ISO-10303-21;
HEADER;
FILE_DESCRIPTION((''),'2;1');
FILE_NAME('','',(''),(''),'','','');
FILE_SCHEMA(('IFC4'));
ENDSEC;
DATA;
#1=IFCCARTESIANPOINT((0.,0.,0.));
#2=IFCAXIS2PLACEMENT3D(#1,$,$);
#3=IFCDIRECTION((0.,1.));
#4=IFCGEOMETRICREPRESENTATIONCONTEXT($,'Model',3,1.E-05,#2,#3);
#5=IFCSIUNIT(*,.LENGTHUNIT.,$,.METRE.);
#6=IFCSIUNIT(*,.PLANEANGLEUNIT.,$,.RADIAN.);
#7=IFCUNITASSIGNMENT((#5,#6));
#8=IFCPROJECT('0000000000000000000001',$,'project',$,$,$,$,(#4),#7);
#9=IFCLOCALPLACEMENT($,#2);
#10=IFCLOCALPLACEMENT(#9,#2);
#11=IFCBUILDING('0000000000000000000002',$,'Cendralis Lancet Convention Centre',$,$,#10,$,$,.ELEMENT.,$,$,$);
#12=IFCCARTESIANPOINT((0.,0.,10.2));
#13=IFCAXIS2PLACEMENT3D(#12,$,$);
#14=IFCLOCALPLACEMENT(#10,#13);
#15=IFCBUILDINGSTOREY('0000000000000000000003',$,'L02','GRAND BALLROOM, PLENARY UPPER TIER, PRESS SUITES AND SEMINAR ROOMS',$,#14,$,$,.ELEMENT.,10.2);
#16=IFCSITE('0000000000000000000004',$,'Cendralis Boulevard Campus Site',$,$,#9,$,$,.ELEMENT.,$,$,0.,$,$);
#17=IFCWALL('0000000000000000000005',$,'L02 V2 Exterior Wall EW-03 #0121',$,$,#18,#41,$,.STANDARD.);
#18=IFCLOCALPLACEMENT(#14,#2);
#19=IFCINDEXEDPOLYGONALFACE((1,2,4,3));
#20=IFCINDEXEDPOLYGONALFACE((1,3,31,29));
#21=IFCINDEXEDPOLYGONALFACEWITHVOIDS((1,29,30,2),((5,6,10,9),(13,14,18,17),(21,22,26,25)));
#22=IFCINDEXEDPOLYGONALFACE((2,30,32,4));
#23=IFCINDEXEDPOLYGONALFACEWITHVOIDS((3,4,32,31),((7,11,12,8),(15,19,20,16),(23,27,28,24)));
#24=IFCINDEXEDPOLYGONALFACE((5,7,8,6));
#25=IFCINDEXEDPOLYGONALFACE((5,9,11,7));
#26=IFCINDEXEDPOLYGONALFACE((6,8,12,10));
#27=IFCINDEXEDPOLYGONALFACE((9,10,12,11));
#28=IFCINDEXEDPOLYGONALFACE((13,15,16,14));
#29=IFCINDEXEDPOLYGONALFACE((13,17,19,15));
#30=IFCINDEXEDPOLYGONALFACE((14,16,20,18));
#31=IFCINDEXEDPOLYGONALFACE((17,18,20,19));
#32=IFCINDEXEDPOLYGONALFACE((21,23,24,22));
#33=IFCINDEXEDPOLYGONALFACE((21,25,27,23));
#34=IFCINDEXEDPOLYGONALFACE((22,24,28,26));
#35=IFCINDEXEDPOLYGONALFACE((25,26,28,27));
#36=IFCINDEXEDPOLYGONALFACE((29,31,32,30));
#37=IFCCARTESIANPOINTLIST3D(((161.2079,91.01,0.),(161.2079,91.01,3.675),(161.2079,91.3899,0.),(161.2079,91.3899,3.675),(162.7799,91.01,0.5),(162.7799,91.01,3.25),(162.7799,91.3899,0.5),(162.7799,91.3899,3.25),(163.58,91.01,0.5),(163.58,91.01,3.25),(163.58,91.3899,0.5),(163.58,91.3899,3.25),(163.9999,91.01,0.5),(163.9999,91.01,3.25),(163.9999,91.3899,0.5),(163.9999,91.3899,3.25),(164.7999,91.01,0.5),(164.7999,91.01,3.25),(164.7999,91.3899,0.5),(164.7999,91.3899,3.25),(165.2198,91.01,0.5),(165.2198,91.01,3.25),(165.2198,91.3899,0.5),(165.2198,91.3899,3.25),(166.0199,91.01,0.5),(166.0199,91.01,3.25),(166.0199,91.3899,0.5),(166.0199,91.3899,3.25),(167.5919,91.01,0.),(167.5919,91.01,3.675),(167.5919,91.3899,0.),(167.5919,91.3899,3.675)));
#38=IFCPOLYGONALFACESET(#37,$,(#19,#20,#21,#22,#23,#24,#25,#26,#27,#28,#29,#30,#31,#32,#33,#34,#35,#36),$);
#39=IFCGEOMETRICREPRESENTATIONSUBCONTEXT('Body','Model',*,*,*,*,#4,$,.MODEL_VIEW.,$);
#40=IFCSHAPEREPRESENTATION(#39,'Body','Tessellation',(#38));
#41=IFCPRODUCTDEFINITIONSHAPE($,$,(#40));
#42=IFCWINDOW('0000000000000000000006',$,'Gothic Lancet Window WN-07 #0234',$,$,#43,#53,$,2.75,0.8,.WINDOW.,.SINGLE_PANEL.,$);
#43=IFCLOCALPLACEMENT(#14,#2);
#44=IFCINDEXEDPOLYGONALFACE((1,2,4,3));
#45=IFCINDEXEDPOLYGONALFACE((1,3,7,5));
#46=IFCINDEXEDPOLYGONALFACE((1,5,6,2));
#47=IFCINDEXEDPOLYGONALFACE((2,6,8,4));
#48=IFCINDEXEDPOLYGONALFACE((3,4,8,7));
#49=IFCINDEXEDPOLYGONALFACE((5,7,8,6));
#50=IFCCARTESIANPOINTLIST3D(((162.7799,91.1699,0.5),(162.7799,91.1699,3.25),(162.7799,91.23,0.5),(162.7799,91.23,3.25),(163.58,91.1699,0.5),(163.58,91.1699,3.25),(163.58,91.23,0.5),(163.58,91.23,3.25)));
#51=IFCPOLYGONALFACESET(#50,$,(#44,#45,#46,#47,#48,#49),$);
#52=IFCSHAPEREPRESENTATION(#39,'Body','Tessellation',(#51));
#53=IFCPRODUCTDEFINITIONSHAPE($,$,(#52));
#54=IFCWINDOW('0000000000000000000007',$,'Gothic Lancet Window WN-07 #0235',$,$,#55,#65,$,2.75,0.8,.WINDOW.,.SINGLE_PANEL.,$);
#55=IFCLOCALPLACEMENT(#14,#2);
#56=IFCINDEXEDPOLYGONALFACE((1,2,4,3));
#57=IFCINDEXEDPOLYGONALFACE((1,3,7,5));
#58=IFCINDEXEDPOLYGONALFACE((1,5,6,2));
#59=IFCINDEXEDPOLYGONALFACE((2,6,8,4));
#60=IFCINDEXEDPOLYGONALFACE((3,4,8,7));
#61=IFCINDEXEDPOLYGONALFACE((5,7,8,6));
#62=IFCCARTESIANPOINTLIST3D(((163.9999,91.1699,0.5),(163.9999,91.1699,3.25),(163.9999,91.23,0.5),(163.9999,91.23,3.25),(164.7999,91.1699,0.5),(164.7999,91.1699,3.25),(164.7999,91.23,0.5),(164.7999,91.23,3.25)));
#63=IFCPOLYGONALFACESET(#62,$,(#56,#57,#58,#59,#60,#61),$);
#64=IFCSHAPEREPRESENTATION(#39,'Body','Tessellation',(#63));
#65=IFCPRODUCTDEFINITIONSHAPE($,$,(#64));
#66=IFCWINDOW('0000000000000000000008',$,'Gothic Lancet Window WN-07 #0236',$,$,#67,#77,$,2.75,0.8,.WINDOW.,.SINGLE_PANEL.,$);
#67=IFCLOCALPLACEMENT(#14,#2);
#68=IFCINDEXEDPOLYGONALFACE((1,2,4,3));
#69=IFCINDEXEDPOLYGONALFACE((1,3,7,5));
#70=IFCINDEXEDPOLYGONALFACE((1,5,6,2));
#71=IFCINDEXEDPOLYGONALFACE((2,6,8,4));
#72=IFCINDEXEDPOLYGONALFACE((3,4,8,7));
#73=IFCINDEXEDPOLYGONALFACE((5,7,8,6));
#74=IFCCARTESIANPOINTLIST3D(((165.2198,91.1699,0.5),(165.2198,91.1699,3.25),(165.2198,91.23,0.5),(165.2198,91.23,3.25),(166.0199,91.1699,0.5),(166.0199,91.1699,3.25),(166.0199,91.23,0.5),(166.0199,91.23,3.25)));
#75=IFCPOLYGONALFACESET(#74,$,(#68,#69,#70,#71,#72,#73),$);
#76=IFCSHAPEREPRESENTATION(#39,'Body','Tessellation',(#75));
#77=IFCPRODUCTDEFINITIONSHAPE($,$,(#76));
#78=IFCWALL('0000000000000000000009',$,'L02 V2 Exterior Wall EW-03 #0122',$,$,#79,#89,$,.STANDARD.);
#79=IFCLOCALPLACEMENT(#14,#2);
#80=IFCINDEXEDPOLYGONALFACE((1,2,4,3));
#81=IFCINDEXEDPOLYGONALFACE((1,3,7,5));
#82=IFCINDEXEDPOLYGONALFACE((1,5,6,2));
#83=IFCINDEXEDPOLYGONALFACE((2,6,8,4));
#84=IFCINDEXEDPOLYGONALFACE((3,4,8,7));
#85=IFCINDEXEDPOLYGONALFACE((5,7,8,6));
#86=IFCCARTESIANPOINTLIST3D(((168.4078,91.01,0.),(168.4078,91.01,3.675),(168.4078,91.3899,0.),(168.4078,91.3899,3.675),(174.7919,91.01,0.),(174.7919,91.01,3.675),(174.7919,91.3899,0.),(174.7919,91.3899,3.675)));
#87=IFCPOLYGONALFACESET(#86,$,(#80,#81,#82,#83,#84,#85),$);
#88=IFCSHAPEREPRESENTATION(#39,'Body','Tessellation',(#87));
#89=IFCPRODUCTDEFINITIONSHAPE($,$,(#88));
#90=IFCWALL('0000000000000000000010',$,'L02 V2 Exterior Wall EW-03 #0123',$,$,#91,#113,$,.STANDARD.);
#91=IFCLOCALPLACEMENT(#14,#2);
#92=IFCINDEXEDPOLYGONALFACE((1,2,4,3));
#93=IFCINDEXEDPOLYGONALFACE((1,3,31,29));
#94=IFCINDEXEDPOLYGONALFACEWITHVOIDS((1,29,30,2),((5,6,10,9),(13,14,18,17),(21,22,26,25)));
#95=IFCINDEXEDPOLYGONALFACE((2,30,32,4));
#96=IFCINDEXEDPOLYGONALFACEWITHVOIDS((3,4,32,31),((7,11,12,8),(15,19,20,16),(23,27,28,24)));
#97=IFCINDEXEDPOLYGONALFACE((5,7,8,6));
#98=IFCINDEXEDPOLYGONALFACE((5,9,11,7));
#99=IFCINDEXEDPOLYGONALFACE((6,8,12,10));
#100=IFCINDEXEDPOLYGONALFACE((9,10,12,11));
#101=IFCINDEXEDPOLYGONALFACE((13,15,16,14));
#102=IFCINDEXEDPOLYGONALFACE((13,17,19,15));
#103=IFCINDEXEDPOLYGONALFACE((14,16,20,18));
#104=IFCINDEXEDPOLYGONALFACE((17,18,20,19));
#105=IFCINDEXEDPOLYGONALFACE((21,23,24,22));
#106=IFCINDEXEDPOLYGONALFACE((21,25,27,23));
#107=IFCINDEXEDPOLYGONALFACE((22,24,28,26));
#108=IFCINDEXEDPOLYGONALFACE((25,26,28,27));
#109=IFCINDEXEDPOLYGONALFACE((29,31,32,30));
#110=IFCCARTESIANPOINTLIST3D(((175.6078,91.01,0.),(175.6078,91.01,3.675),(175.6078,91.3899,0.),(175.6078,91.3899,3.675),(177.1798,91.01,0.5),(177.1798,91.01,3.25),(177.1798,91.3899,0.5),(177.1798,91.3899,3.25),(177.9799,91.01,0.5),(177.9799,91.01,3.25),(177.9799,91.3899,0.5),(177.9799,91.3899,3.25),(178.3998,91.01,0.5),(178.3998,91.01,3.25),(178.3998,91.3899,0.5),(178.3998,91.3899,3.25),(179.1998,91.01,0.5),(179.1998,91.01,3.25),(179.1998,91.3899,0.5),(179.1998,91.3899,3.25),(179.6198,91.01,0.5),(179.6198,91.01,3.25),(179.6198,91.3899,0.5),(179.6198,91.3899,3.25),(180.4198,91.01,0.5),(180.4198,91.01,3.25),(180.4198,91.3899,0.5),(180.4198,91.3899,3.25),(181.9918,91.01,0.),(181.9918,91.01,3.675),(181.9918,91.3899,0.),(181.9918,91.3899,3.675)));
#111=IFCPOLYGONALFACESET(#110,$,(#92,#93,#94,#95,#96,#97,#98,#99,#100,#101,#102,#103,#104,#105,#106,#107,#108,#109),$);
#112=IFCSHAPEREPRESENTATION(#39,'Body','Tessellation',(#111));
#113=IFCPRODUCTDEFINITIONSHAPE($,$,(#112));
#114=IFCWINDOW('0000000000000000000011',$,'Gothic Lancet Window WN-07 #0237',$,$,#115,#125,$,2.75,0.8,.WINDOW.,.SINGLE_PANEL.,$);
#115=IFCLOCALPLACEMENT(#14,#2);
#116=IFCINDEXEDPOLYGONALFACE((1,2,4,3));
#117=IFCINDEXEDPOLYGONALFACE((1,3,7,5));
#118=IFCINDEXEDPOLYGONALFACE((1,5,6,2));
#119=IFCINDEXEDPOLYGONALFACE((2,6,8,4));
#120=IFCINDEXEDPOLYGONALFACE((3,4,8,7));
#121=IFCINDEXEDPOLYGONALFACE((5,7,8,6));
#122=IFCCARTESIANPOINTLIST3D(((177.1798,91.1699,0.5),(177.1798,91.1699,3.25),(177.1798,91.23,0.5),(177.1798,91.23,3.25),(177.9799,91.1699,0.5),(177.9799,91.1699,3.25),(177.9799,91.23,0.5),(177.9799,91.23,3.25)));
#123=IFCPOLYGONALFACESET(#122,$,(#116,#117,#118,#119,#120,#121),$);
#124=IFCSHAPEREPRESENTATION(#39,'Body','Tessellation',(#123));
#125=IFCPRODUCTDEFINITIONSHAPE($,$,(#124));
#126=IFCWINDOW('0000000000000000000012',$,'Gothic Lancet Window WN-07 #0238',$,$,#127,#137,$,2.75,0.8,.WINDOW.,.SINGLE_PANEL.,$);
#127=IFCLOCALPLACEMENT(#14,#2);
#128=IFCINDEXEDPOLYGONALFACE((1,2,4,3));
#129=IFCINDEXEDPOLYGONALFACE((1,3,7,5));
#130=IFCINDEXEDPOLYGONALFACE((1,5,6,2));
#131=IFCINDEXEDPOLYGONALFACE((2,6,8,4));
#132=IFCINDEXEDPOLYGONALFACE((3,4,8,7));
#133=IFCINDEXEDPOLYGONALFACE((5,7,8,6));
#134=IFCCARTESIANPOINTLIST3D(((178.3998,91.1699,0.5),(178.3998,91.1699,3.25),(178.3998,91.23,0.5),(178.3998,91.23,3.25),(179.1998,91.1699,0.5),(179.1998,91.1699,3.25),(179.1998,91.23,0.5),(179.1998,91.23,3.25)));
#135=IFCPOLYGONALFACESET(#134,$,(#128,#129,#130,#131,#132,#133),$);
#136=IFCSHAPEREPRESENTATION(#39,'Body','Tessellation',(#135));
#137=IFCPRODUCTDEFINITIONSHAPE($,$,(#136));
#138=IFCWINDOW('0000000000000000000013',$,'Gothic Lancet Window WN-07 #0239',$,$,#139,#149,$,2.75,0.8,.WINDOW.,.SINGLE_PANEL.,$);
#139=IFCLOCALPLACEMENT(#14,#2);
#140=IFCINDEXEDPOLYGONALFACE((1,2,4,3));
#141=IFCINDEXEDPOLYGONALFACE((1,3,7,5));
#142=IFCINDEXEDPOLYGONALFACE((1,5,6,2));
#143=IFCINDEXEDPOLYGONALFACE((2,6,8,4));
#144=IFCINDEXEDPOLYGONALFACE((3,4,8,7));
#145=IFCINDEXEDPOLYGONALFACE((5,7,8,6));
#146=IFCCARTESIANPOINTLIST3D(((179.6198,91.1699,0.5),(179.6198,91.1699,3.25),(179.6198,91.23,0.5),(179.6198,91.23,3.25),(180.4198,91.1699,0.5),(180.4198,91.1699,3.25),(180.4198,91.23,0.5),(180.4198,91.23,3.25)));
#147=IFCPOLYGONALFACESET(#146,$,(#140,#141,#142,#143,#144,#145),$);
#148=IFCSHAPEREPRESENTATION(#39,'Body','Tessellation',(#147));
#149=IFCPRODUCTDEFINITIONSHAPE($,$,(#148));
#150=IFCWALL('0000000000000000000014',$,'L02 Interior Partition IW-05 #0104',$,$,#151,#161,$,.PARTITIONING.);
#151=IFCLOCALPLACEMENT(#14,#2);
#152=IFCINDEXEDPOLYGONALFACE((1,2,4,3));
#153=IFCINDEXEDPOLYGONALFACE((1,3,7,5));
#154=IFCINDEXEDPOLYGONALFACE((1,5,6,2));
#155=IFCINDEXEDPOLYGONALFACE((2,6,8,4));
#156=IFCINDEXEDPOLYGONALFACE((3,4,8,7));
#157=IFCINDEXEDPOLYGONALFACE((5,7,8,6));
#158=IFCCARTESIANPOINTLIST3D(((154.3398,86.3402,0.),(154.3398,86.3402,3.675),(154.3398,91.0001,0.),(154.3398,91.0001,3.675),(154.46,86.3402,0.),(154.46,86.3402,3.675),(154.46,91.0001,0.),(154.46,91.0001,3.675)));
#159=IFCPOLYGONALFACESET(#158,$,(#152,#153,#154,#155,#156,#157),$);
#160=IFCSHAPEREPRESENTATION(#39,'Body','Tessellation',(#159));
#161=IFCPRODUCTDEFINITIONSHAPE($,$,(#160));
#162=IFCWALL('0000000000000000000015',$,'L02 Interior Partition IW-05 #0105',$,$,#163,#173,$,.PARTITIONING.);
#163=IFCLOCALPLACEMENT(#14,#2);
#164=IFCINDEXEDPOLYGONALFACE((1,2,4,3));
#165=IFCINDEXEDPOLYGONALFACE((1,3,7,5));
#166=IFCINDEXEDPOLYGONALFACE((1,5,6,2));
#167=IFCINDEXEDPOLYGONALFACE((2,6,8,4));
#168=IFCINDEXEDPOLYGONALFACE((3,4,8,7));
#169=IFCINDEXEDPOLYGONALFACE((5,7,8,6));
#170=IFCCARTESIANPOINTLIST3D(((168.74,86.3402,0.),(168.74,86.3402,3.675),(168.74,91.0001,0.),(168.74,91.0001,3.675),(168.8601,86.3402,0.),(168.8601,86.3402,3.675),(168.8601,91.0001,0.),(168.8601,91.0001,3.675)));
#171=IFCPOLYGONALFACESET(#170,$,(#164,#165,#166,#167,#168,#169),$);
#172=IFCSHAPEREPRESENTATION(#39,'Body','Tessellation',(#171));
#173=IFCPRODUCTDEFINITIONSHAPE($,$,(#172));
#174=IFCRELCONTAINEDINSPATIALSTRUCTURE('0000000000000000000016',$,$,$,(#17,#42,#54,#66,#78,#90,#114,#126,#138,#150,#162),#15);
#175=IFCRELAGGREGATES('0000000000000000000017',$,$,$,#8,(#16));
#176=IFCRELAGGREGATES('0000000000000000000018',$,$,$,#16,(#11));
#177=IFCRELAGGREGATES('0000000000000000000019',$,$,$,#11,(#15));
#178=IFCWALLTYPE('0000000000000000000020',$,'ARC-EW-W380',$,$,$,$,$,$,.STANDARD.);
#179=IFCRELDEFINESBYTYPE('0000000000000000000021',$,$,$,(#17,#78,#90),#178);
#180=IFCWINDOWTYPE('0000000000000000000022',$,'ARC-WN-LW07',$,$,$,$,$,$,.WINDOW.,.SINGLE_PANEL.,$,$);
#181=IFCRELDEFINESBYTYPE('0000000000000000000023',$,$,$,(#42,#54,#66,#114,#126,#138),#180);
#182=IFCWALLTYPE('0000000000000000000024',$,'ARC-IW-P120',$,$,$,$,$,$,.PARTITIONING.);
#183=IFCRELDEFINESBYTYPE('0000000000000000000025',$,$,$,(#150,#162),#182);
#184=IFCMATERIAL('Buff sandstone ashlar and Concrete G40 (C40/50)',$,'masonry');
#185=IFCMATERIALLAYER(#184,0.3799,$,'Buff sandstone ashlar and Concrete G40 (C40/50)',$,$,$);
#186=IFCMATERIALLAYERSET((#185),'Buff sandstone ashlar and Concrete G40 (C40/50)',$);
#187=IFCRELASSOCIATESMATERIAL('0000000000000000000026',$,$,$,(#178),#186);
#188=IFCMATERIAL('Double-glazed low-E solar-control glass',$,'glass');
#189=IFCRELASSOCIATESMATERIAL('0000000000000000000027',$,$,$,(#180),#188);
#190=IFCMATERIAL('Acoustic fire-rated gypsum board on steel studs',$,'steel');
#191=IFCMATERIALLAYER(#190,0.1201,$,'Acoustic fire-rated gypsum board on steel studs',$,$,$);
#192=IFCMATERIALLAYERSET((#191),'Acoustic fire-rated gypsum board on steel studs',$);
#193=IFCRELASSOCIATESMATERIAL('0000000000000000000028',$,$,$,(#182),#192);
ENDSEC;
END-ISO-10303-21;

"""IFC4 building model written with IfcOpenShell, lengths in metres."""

from ifc_helpers import new_model, si_unit, direction, frame, frame_2d, origin, place, context, subcontext, project, spatial, rectangle, extrude, material, layer, layer_set, type_object, element, fill, save


model = new_model("IFC4")

# Units and contexts
model_context = context("Model", 3, precision=1e-05, world=origin(), true_north=direction((0.0, 1.0)))
body_context = subcontext(model_context, "Body", "Model", "MODEL_VIEW")
ifc_project = project(units=[si_unit("LENGTHUNIT", "METRE"), si_unit("PLANEANGLEUNIT", "RADIAN")], contexts=[model_context])

# Site, building, storey
site_placement = place(None, origin())
site = spatial("IfcSite", under=ifc_project, at=site_placement, Name="Cendralis Boulevard Campus Site", CompositionType="ELEMENT", RefElevation=0.0)
building_placement = place(site_placement, origin())
building = spatial("IfcBuilding", under=site, at=building_placement, Name="Cendralis Lancet Convention Centre", CompositionType="ELEMENT")
storey_placement = place(building_placement, frame((0.0, 0.0, 10.2)))
storey = spatial("IfcBuildingStorey", under=building, at=storey_placement, Name="L02", Description="GRAND BALLROOM, PLENARY UPPER TIER, PRESS SUITES AND SEMINAR ROOMS", CompositionType="ELEMENT", Elevation=10.2)

# Wall, openings, windows
ifc_material_1 = material(Name="Buff sandstone ashlar and Concrete G40 (C40/50)", Category="masonry")
ifc_layer_1 = layer(ifc_material_1, 0.3799, Name="Buff sandstone ashlar and Concrete G40 (C40/50)")
ifc_layer_set_1 = layer_set([ifc_layer_1], Name="Buff sandstone ashlar and Concrete G40 (C40/50)")
wall_type_1 = type_object("IfcWallType", Name="ARC-EW-W380", PredefinedType="STANDARD", material=ifc_layer_set_1)
wall_1_placement = place(storey_placement, frame((161.208, 91.2, 0.0), z_axis=(0.0, 0.0, 1.0), x_axis=(1.0, 0.0, 0.0)))
wall_1 = element("IfcWall", 1, at=wall_1_placement, inside=storey, type_object=wall_type_1, Name="L02 V2 Exterior Wall EW-03 #0121", PredefinedType="STANDARD", context=body_context, shape_type="SweptSolid", body=[
    extrude(rectangle(XDim=6.384, YDim=0.3799, at=frame_2d((3.1919, 0.0))), origin(), (0.0, 0.0, 1.0), 3.675),
])
opening_1_placement = place(wall_1_placement, frame((1.572, 0.0, 0.5)))
opening_1 = element("IfcOpeningElement", 2, at=opening_1_placement, cuts=wall_1, PredefinedType="OPENING", context=body_context, shape_type="SweptSolid", body=[
    extrude(rectangle(XDim=0.8, YDim=2.75, at=frame_2d((0.3999, 1.375))), frame((0.0, 0.2, 0.0), z_axis=(0.0, -1.0, 0.0), x_axis=(1.0, 0.0, 0.0)), (0.0, 0.0, 1.0), 0.3999),
])
opening_2_placement = place(wall_1_placement, frame((2.792, 0.0, 0.5)))
opening_2 = element("IfcOpeningElement", 3, at=opening_2_placement, cuts=wall_1, PredefinedType="OPENING", context=body_context, shape_type="SweptSolid", body=[
    extrude(rectangle(XDim=0.8, YDim=2.75, at=frame_2d((0.3999, 1.375))), frame((0.0, 0.2, 0.0), z_axis=(0.0, -1.0, 0.0), x_axis=(1.0, 0.0, 0.0)), (0.0, 0.0, 1.0), 0.3999),
])
opening_3_placement = place(wall_1_placement, frame((4.012, 0.0, 0.5)))
opening_3 = element("IfcOpeningElement", 4, at=opening_3_placement, cuts=wall_1, PredefinedType="OPENING", context=body_context, shape_type="SweptSolid", body=[
    extrude(rectangle(XDim=0.8, YDim=2.75, at=frame_2d((0.3999, 1.375))), frame((0.0, 0.2, 0.0), z_axis=(0.0, -1.0, 0.0), x_axis=(1.0, 0.0, 0.0)), (0.0, 0.0, 1.0), 0.3999),
])
ifc_material_2 = material(Name="Double-glazed low-E solar-control glass", Category="glass")
window_type = type_object("IfcWindowType", Name="ARC-WN-LW07", PartitioningType="SINGLE_PANEL", PredefinedType="WINDOW", material=ifc_material_2)
window_1_placement = place(opening_1_placement, origin())
window_1 = element("IfcWindow", 5, at=window_1_placement, inside=storey, type_object=window_type, Name="Gothic Lancet Window WN-07 #0234", OverallHeight=2.75, OverallWidth=0.8, PartitioningType="SINGLE_PANEL", PredefinedType="WINDOW", context=body_context, shape_type="SweptSolid", body=[
    extrude(rectangle(XDim=0.8, YDim=2.75, at=frame_2d((0.3999, 1.375))), frame((0.0, 0.03, 0.0), z_axis=(0.0, -1.0, 0.0), x_axis=(1.0, 0.0, 0.0)), (0.0, 0.0, 1.0), 0.0601),
])
fill(opening_1, window_1)
window_2_placement = place(opening_2_placement, origin())
window_2 = element("IfcWindow", 6, at=window_2_placement, inside=storey, type_object=window_type, Name="Gothic Lancet Window WN-07 #0235", OverallHeight=2.75, OverallWidth=0.8, PartitioningType="SINGLE_PANEL", PredefinedType="WINDOW", context=body_context, shape_type="SweptSolid", body=[
    extrude(rectangle(XDim=0.8, YDim=2.75, at=frame_2d((0.3999, 1.375))), frame((0.0, 0.03, 0.0), z_axis=(0.0, -1.0, 0.0), x_axis=(1.0, 0.0, 0.0)), (0.0, 0.0, 1.0), 0.0601),
])
fill(opening_2, window_2)
window_3_placement = place(opening_3_placement, origin())
window_3 = element("IfcWindow", 7, at=window_3_placement, inside=storey, type_object=window_type, Name="Gothic Lancet Window WN-07 #0236", OverallHeight=2.75, OverallWidth=0.8, PartitioningType="SINGLE_PANEL", PredefinedType="WINDOW", context=body_context, shape_type="SweptSolid", body=[
    extrude(rectangle(XDim=0.8, YDim=2.75, at=frame_2d((0.3999, 1.375))), frame((0.0, 0.03, 0.0), z_axis=(0.0, -1.0, 0.0), x_axis=(1.0, 0.0, 0.0)), (0.0, 0.0, 1.0), 0.0601),
])
fill(opening_3, window_3)

# Wall
wall_2_placement = place(storey_placement, frame((168.408, 91.2, 0.0), z_axis=(0.0, 0.0, 1.0), x_axis=(1.0, 0.0, 0.0)))
element("IfcWall", 8, at=wall_2_placement, inside=storey, type_object=wall_type_1, Name="L02 V2 Exterior Wall EW-03 #0122", PredefinedType="STANDARD", context=body_context, shape_type="SweptSolid", body=[
    extrude(rectangle(XDim=6.384, YDim=0.3799, at=frame_2d((3.1919, 0.0))), origin(), (0.0, 0.0, 1.0), 3.675),
])

# Wall, openings, windows
wall_3_placement = place(storey_placement, frame((175.6079, 91.2, 0.0), z_axis=(0.0, 0.0, 1.0), x_axis=(1.0, 0.0, 0.0)))
wall_3 = element("IfcWall", 9, at=wall_3_placement, inside=storey, type_object=wall_type_1, Name="L02 V2 Exterior Wall EW-03 #0123", PredefinedType="STANDARD", context=body_context, shape_type="SweptSolid", body=[
    extrude(rectangle(XDim=6.384, YDim=0.3799, at=frame_2d((3.1919, 0.0))), origin(), (0.0, 0.0, 1.0), 3.675),
])
opening_4_placement = place(wall_3_placement, frame((1.572, 0.0, 0.5)))
opening_4 = element("IfcOpeningElement", 10, at=opening_4_placement, cuts=wall_3, PredefinedType="OPENING", context=body_context, shape_type="SweptSolid", body=[
    extrude(rectangle(XDim=0.8, YDim=2.75, at=frame_2d((0.3999, 1.375))), frame((0.0, 0.2, 0.0), z_axis=(0.0, -1.0, 0.0), x_axis=(1.0, 0.0, 0.0)), (0.0, 0.0, 1.0), 0.3999),
])
opening_5_placement = place(wall_3_placement, frame((2.792, 0.0, 0.5)))
opening_5 = element("IfcOpeningElement", 11, at=opening_5_placement, cuts=wall_3, PredefinedType="OPENING", context=body_context, shape_type="SweptSolid", body=[
    extrude(rectangle(XDim=0.8, YDim=2.75, at=frame_2d((0.3999, 1.375))), frame((0.0, 0.2, 0.0), z_axis=(0.0, -1.0, 0.0), x_axis=(1.0, 0.0, 0.0)), (0.0, 0.0, 1.0), 0.3999),
])
opening_6_placement = place(wall_3_placement, frame((4.012, 0.0, 0.5)))
opening_6 = element("IfcOpeningElement", 12, at=opening_6_placement, cuts=wall_3, PredefinedType="OPENING", context=body_context, shape_type="SweptSolid", body=[
    extrude(rectangle(XDim=0.8, YDim=2.75, at=frame_2d((0.3999, 1.375))), frame((0.0, 0.2, 0.0), z_axis=(0.0, -1.0, 0.0), x_axis=(1.0, 0.0, 0.0)), (0.0, 0.0, 1.0), 0.3999),
])
window_4_placement = place(opening_4_placement, origin())
window_4 = element("IfcWindow", 13, at=window_4_placement, inside=storey, type_object=window_type, Name="Gothic Lancet Window WN-07 #0237", OverallHeight=2.75, OverallWidth=0.8, PartitioningType="SINGLE_PANEL", PredefinedType="WINDOW", context=body_context, shape_type="SweptSolid", body=[
    extrude(rectangle(XDim=0.8, YDim=2.75, at=frame_2d((0.3999, 1.375))), frame((0.0, 0.03, 0.0), z_axis=(0.0, -1.0, 0.0), x_axis=(1.0, 0.0, 0.0)), (0.0, 0.0, 1.0), 0.0601),
])
fill(opening_4, window_4)
window_5_placement = place(opening_5_placement, origin())
window_5 = element("IfcWindow", 14, at=window_5_placement, inside=storey, type_object=window_type, Name="Gothic Lancet Window WN-07 #0238", OverallHeight=2.75, OverallWidth=0.8, PartitioningType="SINGLE_PANEL", PredefinedType="WINDOW", context=body_context, shape_type="SweptSolid", body=[
    extrude(rectangle(XDim=0.8, YDim=2.75, at=frame_2d((0.3999, 1.375))), frame((0.0, 0.03, 0.0), z_axis=(0.0, -1.0, 0.0), x_axis=(1.0, 0.0, 0.0)), (0.0, 0.0, 1.0), 0.0601),
])
fill(opening_5, window_5)
window_6_placement = place(opening_6_placement, origin())
window_6 = element("IfcWindow", 15, at=window_6_placement, inside=storey, type_object=window_type, Name="Gothic Lancet Window WN-07 #0239", OverallHeight=2.75, OverallWidth=0.8, PartitioningType="SINGLE_PANEL", PredefinedType="WINDOW", context=body_context, shape_type="SweptSolid", body=[
    extrude(rectangle(XDim=0.8, YDim=2.75, at=frame_2d((0.3999, 1.375))), frame((0.0, 0.03, 0.0), z_axis=(0.0, -1.0, 0.0), x_axis=(1.0, 0.0, 0.0)), (0.0, 0.0, 1.0), 0.0601),
])
fill(opening_6, window_6)

# Walls
ifc_material_3 = material(Name="Acoustic fire-rated gypsum board on steel studs", Category="steel")
ifc_layer_2 = layer(ifc_material_3, 0.1201, Name="Acoustic fire-rated gypsum board on steel studs")
ifc_layer_set_2 = layer_set([ifc_layer_2], Name="Acoustic fire-rated gypsum board on steel studs")
wall_type_2 = type_object("IfcWallType", Name="ARC-IW-P120", PredefinedType="PARTITIONING", material=ifc_layer_set_2)
for number, where, z_axis, x_axis, name in (
    (16, (154.3999, 86.3401, 0.0), (0.0, 0.0, 1.0), (0.0, 1.0, 0.0), "L02 Interior Partition IW-05 #0104"),
    (17, (168.8, 86.3401, 0.0), (0.0, 0.0, 1.0), (0.0, 1.0, 0.0), "L02 Interior Partition IW-05 #0105"),
):
    element("IfcWall", number, at=place(storey_placement, frame(where, z_axis=z_axis, x_axis=x_axis)), inside=storey, type_object=wall_type_2, Name=name, PredefinedType="PARTITIONING", context=body_context, shape_type="SweptSolid", body=[
        extrude(rectangle(XDim=4.6599, YDim=0.1201, at=frame_2d((2.3301, 0.0))), origin(), (0.0, 0.0, 1.0), 3.675),
    ])

save(model, "model.ifc")
